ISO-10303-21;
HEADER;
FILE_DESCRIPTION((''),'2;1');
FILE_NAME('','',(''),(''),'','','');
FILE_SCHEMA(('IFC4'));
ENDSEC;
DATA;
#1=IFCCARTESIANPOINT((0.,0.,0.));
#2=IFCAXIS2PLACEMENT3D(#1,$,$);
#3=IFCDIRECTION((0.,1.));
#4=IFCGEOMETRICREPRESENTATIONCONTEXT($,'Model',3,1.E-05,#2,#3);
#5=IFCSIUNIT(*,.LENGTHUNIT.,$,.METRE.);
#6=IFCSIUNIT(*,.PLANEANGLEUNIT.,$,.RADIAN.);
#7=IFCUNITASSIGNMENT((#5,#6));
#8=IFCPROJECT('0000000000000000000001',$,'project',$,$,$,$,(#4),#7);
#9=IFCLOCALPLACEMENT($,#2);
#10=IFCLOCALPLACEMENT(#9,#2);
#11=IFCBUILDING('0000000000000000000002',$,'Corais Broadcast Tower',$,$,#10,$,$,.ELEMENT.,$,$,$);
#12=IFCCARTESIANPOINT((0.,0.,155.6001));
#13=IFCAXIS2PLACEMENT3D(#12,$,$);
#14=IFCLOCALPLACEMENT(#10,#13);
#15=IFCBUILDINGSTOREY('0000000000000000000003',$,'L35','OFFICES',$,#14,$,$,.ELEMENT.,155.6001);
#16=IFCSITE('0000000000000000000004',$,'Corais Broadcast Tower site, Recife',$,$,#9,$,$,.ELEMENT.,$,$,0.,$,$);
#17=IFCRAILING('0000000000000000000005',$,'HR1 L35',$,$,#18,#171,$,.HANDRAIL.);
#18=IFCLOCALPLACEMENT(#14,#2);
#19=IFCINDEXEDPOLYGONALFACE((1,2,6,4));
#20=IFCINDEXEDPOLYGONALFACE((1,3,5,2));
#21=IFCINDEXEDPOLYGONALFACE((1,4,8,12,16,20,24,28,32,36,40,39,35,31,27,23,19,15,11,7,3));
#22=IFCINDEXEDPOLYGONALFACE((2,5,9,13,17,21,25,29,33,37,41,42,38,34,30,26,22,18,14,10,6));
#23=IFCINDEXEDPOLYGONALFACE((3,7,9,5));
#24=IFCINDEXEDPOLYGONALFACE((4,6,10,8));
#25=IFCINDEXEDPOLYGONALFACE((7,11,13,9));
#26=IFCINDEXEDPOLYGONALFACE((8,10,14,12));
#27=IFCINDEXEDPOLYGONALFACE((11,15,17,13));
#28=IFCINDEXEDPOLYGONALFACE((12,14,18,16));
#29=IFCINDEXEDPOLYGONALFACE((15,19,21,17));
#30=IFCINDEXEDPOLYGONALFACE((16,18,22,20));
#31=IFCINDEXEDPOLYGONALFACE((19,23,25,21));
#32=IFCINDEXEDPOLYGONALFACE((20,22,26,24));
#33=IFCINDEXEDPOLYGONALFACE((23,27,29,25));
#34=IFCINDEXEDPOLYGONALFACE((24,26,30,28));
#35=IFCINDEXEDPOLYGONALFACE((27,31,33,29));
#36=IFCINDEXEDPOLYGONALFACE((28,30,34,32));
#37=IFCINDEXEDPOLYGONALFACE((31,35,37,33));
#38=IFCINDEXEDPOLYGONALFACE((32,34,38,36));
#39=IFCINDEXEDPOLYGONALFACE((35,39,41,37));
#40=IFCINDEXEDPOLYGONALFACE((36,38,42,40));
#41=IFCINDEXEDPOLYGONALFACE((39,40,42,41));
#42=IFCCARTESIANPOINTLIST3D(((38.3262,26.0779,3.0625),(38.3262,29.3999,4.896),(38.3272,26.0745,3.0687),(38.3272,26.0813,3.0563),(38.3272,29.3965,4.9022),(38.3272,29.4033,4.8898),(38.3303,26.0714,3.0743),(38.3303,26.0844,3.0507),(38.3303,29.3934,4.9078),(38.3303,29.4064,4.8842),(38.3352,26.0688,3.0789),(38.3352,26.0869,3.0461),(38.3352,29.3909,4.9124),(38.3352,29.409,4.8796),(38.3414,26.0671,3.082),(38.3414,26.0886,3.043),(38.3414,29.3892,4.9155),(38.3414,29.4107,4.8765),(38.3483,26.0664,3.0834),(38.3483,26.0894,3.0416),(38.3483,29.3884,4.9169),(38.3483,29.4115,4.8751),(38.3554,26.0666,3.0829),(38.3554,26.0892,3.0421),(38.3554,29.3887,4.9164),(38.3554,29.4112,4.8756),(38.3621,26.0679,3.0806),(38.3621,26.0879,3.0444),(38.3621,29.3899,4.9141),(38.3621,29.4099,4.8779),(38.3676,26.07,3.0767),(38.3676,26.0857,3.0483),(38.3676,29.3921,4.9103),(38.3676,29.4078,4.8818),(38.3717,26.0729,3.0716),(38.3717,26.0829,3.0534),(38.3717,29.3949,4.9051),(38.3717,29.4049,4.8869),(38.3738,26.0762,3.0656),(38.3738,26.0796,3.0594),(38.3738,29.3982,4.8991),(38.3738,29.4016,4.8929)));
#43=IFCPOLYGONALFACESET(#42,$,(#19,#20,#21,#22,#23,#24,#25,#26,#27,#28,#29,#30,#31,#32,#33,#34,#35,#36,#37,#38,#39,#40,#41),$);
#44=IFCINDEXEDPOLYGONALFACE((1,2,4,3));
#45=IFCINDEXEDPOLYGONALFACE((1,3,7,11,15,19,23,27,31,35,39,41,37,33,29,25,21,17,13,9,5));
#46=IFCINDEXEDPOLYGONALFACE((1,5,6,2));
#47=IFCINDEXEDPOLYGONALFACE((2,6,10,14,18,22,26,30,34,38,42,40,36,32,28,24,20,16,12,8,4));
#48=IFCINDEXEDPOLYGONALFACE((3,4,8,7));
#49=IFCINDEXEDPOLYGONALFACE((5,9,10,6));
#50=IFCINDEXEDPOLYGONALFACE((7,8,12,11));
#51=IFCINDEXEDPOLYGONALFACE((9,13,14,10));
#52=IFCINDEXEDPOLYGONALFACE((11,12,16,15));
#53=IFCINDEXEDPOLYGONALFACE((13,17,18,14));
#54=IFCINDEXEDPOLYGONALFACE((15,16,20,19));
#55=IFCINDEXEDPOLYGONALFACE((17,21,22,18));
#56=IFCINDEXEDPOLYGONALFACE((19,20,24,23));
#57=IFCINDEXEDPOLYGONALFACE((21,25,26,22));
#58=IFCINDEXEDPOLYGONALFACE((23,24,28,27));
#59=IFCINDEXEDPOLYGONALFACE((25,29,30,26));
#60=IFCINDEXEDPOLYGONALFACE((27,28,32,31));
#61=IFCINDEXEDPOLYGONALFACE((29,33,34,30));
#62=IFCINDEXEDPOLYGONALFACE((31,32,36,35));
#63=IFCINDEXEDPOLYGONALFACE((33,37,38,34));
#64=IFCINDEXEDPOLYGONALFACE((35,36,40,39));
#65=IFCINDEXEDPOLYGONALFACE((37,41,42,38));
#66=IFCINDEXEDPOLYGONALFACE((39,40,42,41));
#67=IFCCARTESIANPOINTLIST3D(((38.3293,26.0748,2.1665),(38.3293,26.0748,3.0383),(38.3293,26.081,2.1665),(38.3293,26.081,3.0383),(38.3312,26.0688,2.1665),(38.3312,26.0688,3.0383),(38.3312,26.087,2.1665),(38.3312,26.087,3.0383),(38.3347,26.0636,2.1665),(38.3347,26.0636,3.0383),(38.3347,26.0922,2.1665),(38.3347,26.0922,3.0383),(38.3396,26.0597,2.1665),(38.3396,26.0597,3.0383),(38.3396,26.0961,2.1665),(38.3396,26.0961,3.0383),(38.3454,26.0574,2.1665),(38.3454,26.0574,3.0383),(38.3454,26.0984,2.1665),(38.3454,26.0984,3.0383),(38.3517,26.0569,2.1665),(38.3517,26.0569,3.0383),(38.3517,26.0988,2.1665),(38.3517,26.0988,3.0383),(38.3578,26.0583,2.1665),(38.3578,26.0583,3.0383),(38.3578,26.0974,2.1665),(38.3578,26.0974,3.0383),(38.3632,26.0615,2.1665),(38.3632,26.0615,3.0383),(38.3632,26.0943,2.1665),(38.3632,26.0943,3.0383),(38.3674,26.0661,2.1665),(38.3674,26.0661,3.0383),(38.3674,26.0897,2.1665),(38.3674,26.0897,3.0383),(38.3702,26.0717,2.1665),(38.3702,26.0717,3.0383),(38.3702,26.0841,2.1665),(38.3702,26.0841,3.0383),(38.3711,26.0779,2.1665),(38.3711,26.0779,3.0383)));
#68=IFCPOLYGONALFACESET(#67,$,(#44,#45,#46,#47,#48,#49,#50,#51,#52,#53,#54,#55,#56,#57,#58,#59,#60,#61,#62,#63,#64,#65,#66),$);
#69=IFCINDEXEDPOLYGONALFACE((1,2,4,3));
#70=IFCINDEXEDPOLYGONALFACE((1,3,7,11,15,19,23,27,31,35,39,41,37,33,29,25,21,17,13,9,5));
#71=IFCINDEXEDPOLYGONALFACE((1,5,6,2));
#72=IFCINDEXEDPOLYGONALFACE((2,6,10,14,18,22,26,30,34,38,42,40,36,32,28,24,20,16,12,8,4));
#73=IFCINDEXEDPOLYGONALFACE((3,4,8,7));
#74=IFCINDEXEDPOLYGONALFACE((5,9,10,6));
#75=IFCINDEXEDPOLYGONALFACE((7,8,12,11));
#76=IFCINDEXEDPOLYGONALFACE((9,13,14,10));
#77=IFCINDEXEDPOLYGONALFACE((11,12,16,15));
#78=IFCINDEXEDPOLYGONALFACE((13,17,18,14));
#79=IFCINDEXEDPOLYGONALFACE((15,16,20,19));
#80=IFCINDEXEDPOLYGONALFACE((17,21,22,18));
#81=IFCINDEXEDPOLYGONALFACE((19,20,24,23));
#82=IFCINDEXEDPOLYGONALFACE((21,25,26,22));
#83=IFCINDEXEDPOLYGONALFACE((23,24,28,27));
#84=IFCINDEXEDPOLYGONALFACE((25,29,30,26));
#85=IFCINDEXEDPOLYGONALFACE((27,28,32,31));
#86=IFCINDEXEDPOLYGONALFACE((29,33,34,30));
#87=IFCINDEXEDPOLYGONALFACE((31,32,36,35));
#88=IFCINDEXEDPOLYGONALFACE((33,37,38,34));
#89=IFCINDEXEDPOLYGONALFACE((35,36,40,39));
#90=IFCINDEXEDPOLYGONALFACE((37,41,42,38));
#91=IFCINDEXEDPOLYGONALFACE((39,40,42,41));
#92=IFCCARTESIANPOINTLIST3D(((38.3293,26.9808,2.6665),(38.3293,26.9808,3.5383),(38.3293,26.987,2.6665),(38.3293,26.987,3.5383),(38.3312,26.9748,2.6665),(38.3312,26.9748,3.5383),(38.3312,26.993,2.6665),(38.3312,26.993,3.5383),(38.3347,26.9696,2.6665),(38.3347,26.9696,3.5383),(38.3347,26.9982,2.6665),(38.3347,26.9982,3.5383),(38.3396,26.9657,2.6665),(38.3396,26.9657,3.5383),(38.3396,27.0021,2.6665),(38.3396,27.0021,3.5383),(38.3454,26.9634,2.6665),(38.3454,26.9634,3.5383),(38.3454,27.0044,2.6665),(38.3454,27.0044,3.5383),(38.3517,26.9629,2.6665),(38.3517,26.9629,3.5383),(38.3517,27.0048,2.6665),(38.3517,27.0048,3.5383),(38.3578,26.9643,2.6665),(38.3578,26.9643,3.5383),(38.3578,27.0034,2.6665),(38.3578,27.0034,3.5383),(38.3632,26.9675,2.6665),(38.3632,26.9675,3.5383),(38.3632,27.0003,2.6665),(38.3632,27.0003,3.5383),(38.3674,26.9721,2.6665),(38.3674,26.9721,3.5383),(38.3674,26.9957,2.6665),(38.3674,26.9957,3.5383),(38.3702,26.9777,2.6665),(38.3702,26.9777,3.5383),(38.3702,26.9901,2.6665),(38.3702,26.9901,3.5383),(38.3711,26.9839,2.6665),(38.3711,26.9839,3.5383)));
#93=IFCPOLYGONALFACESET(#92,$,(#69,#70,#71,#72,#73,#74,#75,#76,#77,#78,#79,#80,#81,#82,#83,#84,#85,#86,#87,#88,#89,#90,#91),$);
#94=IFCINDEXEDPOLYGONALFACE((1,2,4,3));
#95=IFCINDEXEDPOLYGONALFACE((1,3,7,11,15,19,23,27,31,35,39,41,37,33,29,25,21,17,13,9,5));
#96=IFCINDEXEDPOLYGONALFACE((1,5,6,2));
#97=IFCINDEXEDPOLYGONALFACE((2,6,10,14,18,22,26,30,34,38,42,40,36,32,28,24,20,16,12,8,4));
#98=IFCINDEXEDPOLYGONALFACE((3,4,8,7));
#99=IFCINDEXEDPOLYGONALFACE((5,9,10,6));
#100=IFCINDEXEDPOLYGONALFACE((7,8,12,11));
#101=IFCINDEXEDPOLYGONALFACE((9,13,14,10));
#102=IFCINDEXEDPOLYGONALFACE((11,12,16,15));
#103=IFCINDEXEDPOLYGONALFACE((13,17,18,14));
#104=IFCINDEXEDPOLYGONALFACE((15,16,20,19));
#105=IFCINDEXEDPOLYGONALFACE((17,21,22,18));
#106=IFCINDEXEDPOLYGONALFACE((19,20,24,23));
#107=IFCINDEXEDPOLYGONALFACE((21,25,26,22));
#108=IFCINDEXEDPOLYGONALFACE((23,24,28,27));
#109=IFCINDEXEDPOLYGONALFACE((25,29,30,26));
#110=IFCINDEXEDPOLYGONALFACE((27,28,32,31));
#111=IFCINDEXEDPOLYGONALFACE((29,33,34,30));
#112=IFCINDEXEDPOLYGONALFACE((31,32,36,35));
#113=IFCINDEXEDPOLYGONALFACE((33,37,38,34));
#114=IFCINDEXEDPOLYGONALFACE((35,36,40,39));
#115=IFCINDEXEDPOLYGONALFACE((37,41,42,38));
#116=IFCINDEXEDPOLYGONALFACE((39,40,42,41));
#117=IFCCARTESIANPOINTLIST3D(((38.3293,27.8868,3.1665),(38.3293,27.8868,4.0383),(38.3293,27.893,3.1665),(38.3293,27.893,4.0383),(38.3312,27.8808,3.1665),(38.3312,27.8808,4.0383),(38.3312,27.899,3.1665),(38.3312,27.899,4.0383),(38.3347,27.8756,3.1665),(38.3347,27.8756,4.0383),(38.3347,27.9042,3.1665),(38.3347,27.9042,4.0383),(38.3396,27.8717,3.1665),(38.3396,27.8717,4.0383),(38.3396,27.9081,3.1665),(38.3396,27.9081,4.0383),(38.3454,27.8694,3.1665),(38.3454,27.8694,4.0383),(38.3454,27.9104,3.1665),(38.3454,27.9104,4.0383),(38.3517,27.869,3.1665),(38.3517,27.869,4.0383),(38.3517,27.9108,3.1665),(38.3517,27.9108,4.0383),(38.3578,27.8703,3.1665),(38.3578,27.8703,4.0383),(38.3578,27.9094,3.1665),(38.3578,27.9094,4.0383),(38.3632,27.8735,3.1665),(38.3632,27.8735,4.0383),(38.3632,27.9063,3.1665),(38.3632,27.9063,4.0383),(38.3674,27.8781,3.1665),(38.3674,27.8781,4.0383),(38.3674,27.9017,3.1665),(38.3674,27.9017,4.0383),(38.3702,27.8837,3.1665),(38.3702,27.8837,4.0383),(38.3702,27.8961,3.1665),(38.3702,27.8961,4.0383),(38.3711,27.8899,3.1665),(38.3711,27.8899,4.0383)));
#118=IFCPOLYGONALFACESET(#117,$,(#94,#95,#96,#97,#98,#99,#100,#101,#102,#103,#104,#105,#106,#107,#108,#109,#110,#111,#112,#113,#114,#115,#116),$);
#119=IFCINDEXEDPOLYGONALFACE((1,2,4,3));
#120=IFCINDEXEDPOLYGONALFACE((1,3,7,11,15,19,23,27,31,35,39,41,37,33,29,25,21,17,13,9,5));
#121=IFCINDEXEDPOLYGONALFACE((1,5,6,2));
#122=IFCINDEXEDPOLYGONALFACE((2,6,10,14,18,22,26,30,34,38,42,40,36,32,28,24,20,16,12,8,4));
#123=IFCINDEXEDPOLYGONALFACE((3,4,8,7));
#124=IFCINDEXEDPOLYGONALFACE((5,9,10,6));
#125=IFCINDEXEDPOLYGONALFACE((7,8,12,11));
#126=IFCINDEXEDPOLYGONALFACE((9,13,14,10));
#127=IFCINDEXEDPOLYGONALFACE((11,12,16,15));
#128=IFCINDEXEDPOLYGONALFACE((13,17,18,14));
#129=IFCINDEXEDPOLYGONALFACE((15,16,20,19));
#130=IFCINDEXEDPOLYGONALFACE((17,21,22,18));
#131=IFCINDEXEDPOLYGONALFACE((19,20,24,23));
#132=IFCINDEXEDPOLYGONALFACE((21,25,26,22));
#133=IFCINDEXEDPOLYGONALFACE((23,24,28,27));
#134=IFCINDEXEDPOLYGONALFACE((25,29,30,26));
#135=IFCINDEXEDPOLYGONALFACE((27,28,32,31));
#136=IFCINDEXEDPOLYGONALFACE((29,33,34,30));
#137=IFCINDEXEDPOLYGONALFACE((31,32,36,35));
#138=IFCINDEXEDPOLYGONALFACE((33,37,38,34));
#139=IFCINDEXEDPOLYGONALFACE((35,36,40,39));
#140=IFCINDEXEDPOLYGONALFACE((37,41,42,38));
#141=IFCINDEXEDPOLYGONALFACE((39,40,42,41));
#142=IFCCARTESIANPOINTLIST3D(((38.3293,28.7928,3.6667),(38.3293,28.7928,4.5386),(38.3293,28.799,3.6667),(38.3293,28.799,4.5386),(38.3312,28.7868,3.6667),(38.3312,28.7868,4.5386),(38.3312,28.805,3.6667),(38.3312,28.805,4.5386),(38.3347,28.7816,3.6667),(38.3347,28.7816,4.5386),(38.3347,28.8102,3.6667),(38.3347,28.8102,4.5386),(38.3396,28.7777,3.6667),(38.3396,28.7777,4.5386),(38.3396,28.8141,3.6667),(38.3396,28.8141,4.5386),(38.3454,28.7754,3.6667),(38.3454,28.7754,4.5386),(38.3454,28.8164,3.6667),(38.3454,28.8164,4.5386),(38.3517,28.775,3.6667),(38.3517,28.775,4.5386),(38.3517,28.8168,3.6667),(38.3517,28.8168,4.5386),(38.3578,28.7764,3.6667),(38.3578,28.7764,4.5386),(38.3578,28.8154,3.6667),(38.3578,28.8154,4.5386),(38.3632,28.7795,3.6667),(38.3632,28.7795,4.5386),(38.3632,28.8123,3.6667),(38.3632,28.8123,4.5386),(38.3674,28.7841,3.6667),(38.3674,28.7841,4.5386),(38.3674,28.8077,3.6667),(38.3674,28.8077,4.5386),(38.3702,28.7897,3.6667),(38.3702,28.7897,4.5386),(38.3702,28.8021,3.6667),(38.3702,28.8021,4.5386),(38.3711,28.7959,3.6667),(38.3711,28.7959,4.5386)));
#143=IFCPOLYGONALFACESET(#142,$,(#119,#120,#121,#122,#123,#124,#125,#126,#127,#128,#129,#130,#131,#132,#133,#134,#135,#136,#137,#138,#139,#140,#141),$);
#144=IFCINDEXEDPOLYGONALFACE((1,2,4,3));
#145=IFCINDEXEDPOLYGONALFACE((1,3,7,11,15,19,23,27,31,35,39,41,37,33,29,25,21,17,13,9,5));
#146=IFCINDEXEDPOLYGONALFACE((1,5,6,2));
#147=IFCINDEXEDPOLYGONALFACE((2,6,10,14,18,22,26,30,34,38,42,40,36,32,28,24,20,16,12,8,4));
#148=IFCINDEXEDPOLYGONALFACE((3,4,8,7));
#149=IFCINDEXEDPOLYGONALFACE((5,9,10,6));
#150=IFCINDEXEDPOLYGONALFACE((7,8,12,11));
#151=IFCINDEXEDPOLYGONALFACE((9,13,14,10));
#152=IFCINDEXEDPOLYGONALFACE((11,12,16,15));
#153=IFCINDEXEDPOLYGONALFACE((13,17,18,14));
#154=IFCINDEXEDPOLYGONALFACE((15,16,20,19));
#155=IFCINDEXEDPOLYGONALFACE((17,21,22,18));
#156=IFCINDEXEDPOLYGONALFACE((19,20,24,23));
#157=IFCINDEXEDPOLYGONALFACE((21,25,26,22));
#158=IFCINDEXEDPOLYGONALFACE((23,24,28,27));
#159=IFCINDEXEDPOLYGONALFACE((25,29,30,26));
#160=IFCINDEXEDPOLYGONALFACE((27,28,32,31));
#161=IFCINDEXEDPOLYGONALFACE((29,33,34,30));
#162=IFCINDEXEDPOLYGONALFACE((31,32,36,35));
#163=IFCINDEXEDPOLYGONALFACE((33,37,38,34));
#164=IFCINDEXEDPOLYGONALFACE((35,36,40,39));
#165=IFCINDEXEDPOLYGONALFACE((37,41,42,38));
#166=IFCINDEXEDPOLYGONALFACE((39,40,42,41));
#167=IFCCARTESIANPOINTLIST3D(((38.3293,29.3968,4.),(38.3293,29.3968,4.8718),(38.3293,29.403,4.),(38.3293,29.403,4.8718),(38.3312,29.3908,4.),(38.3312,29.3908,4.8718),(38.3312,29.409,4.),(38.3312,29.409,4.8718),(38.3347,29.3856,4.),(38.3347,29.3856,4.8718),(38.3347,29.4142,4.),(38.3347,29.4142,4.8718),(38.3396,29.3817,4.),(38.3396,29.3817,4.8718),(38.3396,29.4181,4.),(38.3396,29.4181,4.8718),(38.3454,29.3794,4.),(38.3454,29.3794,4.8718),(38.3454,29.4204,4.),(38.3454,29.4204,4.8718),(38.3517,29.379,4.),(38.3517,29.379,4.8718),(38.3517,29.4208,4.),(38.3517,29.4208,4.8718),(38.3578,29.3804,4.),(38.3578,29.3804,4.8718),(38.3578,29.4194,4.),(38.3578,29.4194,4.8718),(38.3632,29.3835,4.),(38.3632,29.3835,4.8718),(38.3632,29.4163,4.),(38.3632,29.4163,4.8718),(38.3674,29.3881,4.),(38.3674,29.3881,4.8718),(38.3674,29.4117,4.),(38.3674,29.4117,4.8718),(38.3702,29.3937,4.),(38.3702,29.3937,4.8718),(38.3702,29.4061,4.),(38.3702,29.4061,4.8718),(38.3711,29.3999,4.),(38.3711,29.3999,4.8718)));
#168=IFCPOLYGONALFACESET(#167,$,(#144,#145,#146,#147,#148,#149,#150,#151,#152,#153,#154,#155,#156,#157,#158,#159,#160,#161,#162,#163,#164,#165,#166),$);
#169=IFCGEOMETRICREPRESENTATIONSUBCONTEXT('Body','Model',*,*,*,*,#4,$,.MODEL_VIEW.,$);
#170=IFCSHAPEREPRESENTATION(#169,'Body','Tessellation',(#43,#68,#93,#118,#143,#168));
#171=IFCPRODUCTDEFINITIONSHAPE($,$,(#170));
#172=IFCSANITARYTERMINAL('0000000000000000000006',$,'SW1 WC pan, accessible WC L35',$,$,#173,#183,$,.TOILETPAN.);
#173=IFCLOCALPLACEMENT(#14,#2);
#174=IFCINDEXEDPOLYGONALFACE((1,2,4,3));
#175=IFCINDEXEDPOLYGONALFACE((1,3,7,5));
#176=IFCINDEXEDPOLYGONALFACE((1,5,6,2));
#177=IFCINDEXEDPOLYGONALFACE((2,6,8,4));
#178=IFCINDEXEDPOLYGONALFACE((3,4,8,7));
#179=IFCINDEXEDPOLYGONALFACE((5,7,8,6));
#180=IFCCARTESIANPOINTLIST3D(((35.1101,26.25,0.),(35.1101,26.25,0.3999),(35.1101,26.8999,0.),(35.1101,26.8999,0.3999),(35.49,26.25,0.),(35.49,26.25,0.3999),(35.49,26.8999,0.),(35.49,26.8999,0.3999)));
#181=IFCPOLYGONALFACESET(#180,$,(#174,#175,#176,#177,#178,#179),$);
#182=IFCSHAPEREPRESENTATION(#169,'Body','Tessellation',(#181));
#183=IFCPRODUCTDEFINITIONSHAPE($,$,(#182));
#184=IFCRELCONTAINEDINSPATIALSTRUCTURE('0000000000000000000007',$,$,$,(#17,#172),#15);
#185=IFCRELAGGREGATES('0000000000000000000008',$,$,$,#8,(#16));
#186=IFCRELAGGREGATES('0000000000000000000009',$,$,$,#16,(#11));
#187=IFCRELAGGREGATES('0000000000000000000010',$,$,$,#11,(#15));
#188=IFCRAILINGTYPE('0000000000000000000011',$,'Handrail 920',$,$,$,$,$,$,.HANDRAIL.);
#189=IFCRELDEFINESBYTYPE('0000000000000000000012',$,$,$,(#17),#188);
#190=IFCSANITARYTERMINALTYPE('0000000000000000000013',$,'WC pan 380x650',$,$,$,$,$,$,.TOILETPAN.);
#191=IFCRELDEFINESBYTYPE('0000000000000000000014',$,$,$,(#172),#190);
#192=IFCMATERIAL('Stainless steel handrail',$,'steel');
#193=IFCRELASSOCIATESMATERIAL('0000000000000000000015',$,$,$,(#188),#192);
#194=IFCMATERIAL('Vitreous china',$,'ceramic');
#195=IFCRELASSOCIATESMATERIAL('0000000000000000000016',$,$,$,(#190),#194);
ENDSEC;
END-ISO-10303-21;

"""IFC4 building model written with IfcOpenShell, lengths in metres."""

from ifc_helpers import new_model, si_unit, direction, frame, origin, origin_2d, place, context, subcontext, project, spatial, rectangle, circle, extrude, material, type_object, element, save


model = new_model("IFC4")

# Units and contexts
model_context = context("Model", 3, precision=1e-05, world=origin(), true_north=direction((0.0, 1.0)))
body_context = subcontext(model_context, "Body", "Model", "MODEL_VIEW")
ifc_project = project(units=[si_unit("LENGTHUNIT", "METRE"), si_unit("PLANEANGLEUNIT", "RADIAN")], contexts=[model_context])

# Site, building, storey
site_placement = place(None, origin())
site = spatial("IfcSite", under=ifc_project, at=site_placement, Name="Corais Broadcast Tower site, Recife", CompositionType="ELEMENT", RefElevation=0.0)
building_placement = place(site_placement, origin())
building = spatial("IfcBuilding", under=site, at=building_placement, Name="Corais Broadcast Tower", CompositionType="ELEMENT")
storey_placement = place(building_placement, frame((0.0, 0.0, 155.6001)))
storey = spatial("IfcBuildingStorey", under=building, at=storey_placement, Name="L35", Description="OFFICES", CompositionType="ELEMENT", Elevation=155.6001)

# Railing
ifc_material_1 = material(Name="Stainless steel handrail", Category="steel")
railing_type = type_object("IfcRailingType", Name="Handrail 920", PredefinedType="HANDRAIL", material=ifc_material_1)
for number, where, name in (
    (1, (38.3501, 26.0779, 2.1665), "HR1 L35"),
):
    element("IfcRailing", number, at=place(storey_placement, frame(where)), inside=storey, type_object=railing_type, Name=name, PredefinedType="HANDRAIL", context=body_context, shape_type="SweptSolid", body=[
        extrude(circle(Radius=0.0239, at=origin_2d()), frame((0.0, 0.0, 0.896), z_axis=(0.0, 0.875504, 0.48321), x_axis=(-1.0, 0.0, 0.0)), (0.0, 0.0, 1.0), 3.7944),
        extrude(circle(Radius=0.021, at=origin_2d()), origin(), (0.0, 0.0, 1.0), 0.8718),
        extrude(circle(Radius=0.021, at=origin_2d()), frame((0.0, 0.906, 0.5)), (0.0, 0.0, 1.0), 0.8718),
        extrude(circle(Radius=0.021, at=origin_2d()), frame((0.0, 1.812, 1.0)), (0.0, 0.0, 1.0), 0.8718),
        extrude(circle(Radius=0.021, at=origin_2d()), frame((0.0, 2.718, 1.5002)), (0.0, 0.0, 1.0), 0.8718),
        extrude(circle(Radius=0.021, at=origin_2d()), frame((0.0, 3.322, 1.8335)), (0.0, 0.0, 1.0), 0.8718),
    ])

# Sanitary terminal
ifc_material_2 = material(Name="Vitreous china", Category="ceramic")
sanitary_terminal_type = type_object("IfcSanitaryTerminalType", Name="WC pan 380x650", PredefinedType="TOILETPAN", material=ifc_material_2)
sanitary_terminal_placement = place(storey_placement, frame((35.3, 26.575, 0.0), z_axis=(0.0, 0.0, 1.0), x_axis=(1.0, 0.0, 0.0)))
element("IfcSanitaryTerminal", 2, at=sanitary_terminal_placement, inside=storey, type_object=sanitary_terminal_type, Name="SW1 WC pan, accessible WC L35", PredefinedType="TOILETPAN", context=body_context, shape_type="SweptSolid", body=[
    extrude(rectangle(XDim=0.3799, YDim=0.6499, at=origin_2d()), origin(), (0.0, 0.0, 1.0), 0.3999),
])

save(model, "model.ifc")
